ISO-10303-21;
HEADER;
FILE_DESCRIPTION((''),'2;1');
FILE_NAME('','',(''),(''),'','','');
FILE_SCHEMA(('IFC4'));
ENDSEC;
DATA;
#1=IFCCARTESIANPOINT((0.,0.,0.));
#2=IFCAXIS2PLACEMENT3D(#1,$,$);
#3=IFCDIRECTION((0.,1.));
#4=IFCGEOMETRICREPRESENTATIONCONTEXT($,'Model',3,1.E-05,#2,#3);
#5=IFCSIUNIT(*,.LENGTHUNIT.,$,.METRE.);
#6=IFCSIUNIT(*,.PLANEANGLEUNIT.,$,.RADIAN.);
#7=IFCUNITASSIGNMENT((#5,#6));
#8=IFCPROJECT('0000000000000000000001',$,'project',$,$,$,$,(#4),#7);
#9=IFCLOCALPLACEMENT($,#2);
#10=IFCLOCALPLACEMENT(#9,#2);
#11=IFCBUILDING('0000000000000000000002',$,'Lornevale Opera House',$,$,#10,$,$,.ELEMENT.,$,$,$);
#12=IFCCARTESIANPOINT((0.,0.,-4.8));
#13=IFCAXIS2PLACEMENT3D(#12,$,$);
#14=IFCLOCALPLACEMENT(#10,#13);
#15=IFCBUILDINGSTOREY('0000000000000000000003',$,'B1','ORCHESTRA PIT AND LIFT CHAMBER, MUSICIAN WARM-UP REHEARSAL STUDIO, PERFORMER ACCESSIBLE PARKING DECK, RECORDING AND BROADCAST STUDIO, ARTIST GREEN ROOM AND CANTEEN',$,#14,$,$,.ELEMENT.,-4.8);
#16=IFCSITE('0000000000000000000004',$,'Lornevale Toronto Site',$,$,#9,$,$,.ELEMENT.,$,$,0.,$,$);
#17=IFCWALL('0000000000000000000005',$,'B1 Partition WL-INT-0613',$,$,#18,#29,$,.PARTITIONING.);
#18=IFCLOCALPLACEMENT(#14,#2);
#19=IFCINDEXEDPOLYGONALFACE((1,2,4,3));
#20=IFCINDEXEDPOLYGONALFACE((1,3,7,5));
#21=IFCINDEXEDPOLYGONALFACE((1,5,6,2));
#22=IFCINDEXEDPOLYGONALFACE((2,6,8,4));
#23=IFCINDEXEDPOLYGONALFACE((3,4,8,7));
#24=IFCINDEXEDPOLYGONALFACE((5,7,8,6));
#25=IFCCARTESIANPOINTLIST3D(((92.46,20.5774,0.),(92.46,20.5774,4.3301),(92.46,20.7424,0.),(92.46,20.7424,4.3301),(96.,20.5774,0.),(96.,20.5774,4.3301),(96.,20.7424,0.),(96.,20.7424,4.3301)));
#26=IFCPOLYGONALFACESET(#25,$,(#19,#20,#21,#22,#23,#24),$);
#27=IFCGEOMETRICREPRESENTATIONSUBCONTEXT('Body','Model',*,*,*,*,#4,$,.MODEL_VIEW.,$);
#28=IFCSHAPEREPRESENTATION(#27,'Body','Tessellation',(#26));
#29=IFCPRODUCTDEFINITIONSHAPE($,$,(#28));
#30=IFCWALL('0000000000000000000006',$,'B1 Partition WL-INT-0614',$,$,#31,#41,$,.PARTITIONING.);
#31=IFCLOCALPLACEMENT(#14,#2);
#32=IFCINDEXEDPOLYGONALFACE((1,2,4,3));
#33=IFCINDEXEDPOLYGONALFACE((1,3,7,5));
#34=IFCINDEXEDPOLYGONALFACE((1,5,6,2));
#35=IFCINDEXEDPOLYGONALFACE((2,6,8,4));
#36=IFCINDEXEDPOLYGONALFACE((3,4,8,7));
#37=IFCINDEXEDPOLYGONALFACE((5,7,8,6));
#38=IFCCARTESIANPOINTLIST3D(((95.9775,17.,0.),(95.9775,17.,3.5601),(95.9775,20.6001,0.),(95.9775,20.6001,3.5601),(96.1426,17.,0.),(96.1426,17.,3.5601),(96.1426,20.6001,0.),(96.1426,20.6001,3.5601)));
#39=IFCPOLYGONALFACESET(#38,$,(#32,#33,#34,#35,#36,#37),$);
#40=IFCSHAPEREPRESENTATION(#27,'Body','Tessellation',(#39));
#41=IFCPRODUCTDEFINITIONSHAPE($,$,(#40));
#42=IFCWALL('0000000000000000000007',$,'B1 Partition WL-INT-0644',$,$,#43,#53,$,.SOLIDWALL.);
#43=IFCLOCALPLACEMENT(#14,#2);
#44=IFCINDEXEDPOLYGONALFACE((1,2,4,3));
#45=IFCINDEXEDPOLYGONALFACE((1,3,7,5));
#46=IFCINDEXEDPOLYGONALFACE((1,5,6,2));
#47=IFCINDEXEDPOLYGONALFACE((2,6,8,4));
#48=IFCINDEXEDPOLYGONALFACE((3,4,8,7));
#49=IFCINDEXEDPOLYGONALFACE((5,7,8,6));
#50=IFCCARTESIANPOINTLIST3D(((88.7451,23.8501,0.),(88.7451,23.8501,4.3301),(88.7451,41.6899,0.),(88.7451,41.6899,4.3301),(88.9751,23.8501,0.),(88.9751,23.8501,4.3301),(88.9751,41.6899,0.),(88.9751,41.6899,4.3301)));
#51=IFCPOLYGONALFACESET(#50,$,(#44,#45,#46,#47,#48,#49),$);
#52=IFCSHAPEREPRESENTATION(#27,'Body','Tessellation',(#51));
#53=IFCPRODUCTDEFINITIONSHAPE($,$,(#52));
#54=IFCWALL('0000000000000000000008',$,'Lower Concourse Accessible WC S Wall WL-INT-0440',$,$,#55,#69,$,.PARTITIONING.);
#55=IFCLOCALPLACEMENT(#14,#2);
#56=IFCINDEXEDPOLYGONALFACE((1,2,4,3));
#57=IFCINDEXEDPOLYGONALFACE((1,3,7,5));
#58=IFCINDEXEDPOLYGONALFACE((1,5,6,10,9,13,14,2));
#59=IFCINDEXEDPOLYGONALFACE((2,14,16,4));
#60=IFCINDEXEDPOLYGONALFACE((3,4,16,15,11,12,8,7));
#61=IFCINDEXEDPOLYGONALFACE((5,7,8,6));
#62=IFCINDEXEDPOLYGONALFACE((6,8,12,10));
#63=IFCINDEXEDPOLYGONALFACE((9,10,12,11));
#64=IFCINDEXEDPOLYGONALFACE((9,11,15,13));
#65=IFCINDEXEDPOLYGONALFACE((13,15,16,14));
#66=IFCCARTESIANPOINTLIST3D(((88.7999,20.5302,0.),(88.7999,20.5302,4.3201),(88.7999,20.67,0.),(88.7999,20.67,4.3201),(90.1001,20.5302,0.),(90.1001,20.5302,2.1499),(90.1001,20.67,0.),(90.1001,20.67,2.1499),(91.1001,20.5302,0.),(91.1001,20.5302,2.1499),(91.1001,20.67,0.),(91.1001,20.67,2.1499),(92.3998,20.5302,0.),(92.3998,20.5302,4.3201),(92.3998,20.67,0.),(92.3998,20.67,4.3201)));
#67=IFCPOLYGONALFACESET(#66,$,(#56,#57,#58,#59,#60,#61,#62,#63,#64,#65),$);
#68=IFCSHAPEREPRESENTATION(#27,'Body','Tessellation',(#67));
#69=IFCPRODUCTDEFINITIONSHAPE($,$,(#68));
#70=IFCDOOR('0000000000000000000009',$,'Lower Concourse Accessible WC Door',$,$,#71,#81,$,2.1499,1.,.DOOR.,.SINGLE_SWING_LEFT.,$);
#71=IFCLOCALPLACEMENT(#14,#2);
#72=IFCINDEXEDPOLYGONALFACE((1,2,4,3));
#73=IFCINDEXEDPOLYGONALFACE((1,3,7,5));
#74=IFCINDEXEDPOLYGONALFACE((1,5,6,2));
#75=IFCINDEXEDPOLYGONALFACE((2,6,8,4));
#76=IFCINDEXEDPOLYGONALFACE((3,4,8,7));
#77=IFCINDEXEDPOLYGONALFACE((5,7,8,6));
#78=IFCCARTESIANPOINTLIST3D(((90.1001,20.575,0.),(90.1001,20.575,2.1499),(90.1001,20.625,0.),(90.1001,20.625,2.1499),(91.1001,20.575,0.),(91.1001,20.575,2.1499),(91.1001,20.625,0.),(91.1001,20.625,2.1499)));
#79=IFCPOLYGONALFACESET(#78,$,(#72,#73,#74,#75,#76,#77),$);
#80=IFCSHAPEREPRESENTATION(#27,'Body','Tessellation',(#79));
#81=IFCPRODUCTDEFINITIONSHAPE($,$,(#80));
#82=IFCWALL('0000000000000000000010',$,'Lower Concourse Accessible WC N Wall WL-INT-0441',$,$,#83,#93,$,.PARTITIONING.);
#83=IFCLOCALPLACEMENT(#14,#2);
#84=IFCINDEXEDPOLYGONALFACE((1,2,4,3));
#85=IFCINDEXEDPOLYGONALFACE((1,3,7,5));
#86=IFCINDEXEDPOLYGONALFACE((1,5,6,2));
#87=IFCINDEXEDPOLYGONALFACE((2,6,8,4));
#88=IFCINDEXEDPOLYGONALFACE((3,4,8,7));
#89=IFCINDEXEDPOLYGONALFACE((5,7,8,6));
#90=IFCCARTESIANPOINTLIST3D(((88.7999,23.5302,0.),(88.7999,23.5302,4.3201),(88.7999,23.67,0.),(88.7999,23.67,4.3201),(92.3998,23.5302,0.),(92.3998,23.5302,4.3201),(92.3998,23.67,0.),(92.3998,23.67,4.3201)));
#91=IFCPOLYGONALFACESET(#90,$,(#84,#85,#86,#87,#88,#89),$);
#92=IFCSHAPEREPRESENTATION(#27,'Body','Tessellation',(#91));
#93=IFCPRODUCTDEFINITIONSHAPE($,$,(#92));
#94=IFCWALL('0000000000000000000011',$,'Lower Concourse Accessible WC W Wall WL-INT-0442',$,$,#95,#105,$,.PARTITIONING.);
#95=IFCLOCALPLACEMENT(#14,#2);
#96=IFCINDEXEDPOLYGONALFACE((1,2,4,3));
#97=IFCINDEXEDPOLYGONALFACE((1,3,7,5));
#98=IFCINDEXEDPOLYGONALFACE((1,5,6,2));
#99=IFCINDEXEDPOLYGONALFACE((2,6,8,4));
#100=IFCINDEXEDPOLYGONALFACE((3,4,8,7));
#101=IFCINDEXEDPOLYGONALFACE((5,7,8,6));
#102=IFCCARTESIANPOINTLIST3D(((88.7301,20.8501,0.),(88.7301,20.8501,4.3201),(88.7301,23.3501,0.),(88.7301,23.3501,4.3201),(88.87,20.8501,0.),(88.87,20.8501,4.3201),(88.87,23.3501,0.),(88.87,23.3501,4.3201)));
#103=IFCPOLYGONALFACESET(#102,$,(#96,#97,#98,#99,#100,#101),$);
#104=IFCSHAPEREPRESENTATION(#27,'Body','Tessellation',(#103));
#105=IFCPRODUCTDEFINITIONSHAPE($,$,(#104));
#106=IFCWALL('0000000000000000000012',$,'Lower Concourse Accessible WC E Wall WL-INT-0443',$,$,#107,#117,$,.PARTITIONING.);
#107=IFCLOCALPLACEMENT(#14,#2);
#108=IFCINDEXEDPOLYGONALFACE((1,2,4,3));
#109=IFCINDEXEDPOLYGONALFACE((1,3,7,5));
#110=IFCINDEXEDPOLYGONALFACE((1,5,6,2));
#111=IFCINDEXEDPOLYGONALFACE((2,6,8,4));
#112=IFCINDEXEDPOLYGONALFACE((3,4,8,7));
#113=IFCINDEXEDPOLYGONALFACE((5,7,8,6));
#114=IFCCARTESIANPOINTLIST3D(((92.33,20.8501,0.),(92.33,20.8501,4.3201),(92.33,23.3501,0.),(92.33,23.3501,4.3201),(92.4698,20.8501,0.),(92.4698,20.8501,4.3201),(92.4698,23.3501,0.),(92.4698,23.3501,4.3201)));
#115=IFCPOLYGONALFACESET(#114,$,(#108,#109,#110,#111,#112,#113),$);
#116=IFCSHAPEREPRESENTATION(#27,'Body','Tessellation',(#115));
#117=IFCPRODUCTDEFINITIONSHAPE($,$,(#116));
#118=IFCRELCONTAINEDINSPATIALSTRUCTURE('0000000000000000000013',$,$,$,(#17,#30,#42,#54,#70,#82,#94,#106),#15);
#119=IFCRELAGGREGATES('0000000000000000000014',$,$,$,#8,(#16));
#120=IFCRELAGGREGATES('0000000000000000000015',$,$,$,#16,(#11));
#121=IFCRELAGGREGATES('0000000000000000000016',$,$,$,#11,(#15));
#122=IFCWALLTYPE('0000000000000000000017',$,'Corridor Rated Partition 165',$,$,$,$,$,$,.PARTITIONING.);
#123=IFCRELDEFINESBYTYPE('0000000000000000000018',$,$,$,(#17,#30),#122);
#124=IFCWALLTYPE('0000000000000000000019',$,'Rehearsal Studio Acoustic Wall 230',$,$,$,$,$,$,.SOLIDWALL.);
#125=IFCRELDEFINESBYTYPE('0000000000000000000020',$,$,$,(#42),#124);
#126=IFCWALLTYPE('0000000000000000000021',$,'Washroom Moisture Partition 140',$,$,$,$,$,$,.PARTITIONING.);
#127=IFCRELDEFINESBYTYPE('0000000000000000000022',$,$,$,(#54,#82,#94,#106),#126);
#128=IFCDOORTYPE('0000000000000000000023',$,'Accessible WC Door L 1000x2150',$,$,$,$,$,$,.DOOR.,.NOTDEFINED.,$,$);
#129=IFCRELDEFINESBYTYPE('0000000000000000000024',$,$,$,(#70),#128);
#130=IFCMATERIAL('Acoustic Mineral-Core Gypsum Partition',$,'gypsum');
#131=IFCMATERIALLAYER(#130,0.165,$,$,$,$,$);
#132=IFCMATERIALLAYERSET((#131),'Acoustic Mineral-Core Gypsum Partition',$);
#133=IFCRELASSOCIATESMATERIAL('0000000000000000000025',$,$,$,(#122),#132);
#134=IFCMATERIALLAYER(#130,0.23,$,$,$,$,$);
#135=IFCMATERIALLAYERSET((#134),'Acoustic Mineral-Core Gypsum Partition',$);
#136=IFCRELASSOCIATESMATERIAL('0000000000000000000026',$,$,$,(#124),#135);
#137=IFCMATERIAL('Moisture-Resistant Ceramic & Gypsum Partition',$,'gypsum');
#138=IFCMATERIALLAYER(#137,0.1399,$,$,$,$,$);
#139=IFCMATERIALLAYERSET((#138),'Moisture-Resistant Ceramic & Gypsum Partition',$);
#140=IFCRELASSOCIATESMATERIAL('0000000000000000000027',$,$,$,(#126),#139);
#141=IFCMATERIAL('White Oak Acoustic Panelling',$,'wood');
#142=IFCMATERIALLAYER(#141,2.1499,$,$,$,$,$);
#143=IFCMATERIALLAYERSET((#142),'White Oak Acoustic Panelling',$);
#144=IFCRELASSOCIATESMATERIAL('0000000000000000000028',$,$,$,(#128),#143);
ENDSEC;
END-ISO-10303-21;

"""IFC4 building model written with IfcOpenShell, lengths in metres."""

from ifc_helpers import new_model, si_unit, direction, frame, frame_2d, origin, place, context, subcontext, project, spatial, rectangle, extrude, material, layer, layer_set, type_object, element, fill, save


model = new_model("IFC4")

# Units and contexts
model_context = context("Model", 3, precision=1e-05, world=origin(), true_north=direction((0.0, 1.0)))
body_context = subcontext(model_context, "Body", "Model", "MODEL_VIEW")
ifc_project = project(units=[si_unit("LENGTHUNIT", "METRE"), si_unit("PLANEANGLEUNIT", "RADIAN")], contexts=[model_context])

# Site, building, storey
site_placement = place(None, origin())
site = spatial("IfcSite", under=ifc_project, at=site_placement, Name="Lornevale Toronto Site", CompositionType="ELEMENT", RefElevation=0.0)
building_placement = place(site_placement, origin())
building = spatial("IfcBuilding", under=site, at=building_placement, Name="Lornevale Opera House", CompositionType="ELEMENT")
storey_placement = place(building_placement, frame((0.0, 0.0, -4.8)))
storey = spatial("IfcBuildingStorey", under=building, at=storey_placement, Name="B1", Description="ORCHESTRA PIT AND LIFT CHAMBER, MUSICIAN WARM-UP REHEARSAL STUDIO, PERFORMER ACCESSIBLE PARKING DECK, RECORDING AND BROADCAST STUDIO, ARTIST GREEN ROOM AND CANTEEN", CompositionType="ELEMENT", Elevation=-4.8)

# Walls
ifc_material_1 = material(Name="Acoustic Mineral-Core Gypsum Partition", Category="gypsum")
ifc_layer_1 = layer(ifc_material_1, 0.165)
ifc_layer_set_1 = layer_set([ifc_layer_1], Name="Acoustic Mineral-Core Gypsum Partition")
wall_type_1 = type_object("IfcWallType", Name="Corridor Rated Partition 165", PredefinedType="PARTITIONING", material=ifc_layer_set_1)
wall_1_placement = place(storey_placement, frame((92.46, 20.6599, 0.0), z_axis=(0.0, 0.0, 1.0), x_axis=(1.0, 0.0, 0.0)))
element("IfcWall", 1, at=wall_1_placement, inside=storey, type_object=wall_type_1, Name="B1 Partition WL-INT-0613", PredefinedType="PARTITIONING", context=body_context, shape_type="SweptSolid", body=[
    extrude(rectangle(XDim=3.54, YDim=0.165, at=frame_2d((1.77, 0.0))), origin(), (0.0, 0.0, 1.0), 4.3301),
])
wall_2_placement = place(storey_placement, frame((96.0601, 17.0, 0.0), z_axis=(0.0, 0.0, 1.0), x_axis=(0.0, 1.0, 0.0)))
element("IfcWall", 2, at=wall_2_placement, inside=storey, type_object=wall_type_1, Name="B1 Partition WL-INT-0614", PredefinedType="PARTITIONING", context=body_context, shape_type="SweptSolid", body=[
    extrude(rectangle(XDim=3.6001, YDim=0.165, at=frame_2d((1.8, 0.0))), origin(), (0.0, 0.0, 1.0), 3.5601),
])
ifc_layer_2 = layer(ifc_material_1, 0.23)
ifc_layer_set_2 = layer_set([ifc_layer_2], Name="Acoustic Mineral-Core Gypsum Partition")
wall_type_2 = type_object("IfcWallType", Name="Rehearsal Studio Acoustic Wall 230", PredefinedType="SOLIDWALL", material=ifc_layer_set_2)
wall_3_placement = place(storey_placement, frame((88.8601, 23.8501, 0.0), z_axis=(0.0, 0.0, 1.0), x_axis=(0.0, 1.0, 0.0)))
element("IfcWall", 3, at=wall_3_placement, inside=storey, type_object=wall_type_2, Name="B1 Partition WL-INT-0644", PredefinedType="SOLIDWALL", context=body_context, shape_type="SweptSolid", body=[
    extrude(rectangle(XDim=17.8398, YDim=0.23, at=frame_2d((8.9199, 0.0))), origin(), (0.0, 0.0, 1.0), 4.3301),
])

# Wall, opening, door
ifc_material_2 = material(Name="Moisture-Resistant Ceramic & Gypsum Partition", Category="gypsum")
ifc_layer_3 = layer(ifc_material_2, 0.1399)
ifc_layer_set_3 = layer_set([ifc_layer_3], Name="Moisture-Resistant Ceramic & Gypsum Partition")
wall_type_3 = type_object("IfcWallType", Name="Washroom Moisture Partition 140", PredefinedType="PARTITIONING", material=ifc_layer_set_3)
wall_4_placement = place(storey_placement, frame((88.8, 20.6001, 0.0), z_axis=(0.0, 0.0, 1.0), x_axis=(1.0, 0.0, 0.0)))
wall_4 = element("IfcWall", 4, at=wall_4_placement, inside=storey, type_object=wall_type_3, Name="Lower Concourse Accessible WC S Wall WL-INT-0440", PredefinedType="PARTITIONING", context=body_context, shape_type="SweptSolid", body=[
    extrude(rectangle(XDim=3.5999, YDim=0.1399, at=frame_2d((1.7998, 0.0))), origin(), (0.0, 0.0, 1.0), 4.3201),
])
opening_placement = place(wall_4_placement, frame((1.3, 0.0, 0.0)))
opening = element("IfcOpeningElement", 5, at=opening_placement, cuts=wall_4, PredefinedType="OPENING", context=body_context, shape_type="SweptSolid", body=[
    extrude(rectangle(XDim=1.0, YDim=2.1499, at=frame_2d((0.5, 1.075))), frame((0.0, 0.0798, 0.0), z_axis=(0.0, -1.0, 0.0), x_axis=(1.0, 0.0, 0.0)), (0.0, 0.0, 1.0), 0.1599),
])
ifc_material_3 = material(Name="White Oak Acoustic Panelling", Category="wood")
ifc_layer_4 = layer(ifc_material_3, 2.1499)
ifc_layer_set_4 = layer_set([ifc_layer_4], Name="White Oak Acoustic Panelling")
door_type = type_object("IfcDoorType", Name="Accessible WC Door L 1000x2150", OperationType="NOTDEFINED", PredefinedType="DOOR", material=ifc_layer_set_4)
door_placement = place(opening_placement, origin())
door = element("IfcDoor", 6, at=door_placement, inside=storey, type_object=door_type, Name="Lower Concourse Accessible WC Door", OperationType="SINGLE_SWING_LEFT", OverallHeight=2.1499, OverallWidth=1.0, PredefinedType="DOOR", context=body_context, shape_type="SweptSolid", body=[
    extrude(rectangle(XDim=1.0, YDim=2.1499, at=frame_2d((0.5, 1.075))), frame((0.0, 0.0249, 0.0), z_axis=(0.0, -1.0, 0.0), x_axis=(1.0, 0.0, 0.0)), (0.0, 0.0, 1.0), 0.05),
])
fill(opening, door)

# Walls
wall_5_placement = place(storey_placement, frame((88.8, 23.6001, 0.0), z_axis=(0.0, 0.0, 1.0), x_axis=(1.0, 0.0, 0.0)))
element("IfcWall", 7, at=wall_5_placement, inside=storey, type_object=wall_type_3, Name="Lower Concourse Accessible WC N Wall WL-INT-0441", PredefinedType="PARTITIONING", context=body_context, shape_type="SweptSolid", body=[
    extrude(rectangle(XDim=3.5999, YDim=0.1399, at=frame_2d((1.7998, 0.0))), origin(), (0.0, 0.0, 1.0), 4.3201),
])
for number, where, z_axis, x_axis, name in (
    (8, (88.8, 20.8501, 0.0), (0.0, 0.0, 1.0), (0.0, 1.0, 0.0), "Lower Concourse Accessible WC W Wall WL-INT-0442"),
    (9, (92.3999, 20.8501, 0.0), (0.0, 0.0, 1.0), (0.0, 1.0, 0.0), "Lower Concourse Accessible WC E Wall WL-INT-0443"),
):
    element("IfcWall", number, at=place(storey_placement, frame(where, z_axis=z_axis, x_axis=x_axis)), inside=storey, type_object=wall_type_3, Name=name, PredefinedType="PARTITIONING", context=body_context, shape_type="SweptSolid", body=[
        extrude(rectangle(XDim=2.5, YDim=0.1399, at=frame_2d((1.25, 0.0))), origin(), (0.0, 0.0, 1.0), 4.3201),
    ])

save(model, "model.ifc")
